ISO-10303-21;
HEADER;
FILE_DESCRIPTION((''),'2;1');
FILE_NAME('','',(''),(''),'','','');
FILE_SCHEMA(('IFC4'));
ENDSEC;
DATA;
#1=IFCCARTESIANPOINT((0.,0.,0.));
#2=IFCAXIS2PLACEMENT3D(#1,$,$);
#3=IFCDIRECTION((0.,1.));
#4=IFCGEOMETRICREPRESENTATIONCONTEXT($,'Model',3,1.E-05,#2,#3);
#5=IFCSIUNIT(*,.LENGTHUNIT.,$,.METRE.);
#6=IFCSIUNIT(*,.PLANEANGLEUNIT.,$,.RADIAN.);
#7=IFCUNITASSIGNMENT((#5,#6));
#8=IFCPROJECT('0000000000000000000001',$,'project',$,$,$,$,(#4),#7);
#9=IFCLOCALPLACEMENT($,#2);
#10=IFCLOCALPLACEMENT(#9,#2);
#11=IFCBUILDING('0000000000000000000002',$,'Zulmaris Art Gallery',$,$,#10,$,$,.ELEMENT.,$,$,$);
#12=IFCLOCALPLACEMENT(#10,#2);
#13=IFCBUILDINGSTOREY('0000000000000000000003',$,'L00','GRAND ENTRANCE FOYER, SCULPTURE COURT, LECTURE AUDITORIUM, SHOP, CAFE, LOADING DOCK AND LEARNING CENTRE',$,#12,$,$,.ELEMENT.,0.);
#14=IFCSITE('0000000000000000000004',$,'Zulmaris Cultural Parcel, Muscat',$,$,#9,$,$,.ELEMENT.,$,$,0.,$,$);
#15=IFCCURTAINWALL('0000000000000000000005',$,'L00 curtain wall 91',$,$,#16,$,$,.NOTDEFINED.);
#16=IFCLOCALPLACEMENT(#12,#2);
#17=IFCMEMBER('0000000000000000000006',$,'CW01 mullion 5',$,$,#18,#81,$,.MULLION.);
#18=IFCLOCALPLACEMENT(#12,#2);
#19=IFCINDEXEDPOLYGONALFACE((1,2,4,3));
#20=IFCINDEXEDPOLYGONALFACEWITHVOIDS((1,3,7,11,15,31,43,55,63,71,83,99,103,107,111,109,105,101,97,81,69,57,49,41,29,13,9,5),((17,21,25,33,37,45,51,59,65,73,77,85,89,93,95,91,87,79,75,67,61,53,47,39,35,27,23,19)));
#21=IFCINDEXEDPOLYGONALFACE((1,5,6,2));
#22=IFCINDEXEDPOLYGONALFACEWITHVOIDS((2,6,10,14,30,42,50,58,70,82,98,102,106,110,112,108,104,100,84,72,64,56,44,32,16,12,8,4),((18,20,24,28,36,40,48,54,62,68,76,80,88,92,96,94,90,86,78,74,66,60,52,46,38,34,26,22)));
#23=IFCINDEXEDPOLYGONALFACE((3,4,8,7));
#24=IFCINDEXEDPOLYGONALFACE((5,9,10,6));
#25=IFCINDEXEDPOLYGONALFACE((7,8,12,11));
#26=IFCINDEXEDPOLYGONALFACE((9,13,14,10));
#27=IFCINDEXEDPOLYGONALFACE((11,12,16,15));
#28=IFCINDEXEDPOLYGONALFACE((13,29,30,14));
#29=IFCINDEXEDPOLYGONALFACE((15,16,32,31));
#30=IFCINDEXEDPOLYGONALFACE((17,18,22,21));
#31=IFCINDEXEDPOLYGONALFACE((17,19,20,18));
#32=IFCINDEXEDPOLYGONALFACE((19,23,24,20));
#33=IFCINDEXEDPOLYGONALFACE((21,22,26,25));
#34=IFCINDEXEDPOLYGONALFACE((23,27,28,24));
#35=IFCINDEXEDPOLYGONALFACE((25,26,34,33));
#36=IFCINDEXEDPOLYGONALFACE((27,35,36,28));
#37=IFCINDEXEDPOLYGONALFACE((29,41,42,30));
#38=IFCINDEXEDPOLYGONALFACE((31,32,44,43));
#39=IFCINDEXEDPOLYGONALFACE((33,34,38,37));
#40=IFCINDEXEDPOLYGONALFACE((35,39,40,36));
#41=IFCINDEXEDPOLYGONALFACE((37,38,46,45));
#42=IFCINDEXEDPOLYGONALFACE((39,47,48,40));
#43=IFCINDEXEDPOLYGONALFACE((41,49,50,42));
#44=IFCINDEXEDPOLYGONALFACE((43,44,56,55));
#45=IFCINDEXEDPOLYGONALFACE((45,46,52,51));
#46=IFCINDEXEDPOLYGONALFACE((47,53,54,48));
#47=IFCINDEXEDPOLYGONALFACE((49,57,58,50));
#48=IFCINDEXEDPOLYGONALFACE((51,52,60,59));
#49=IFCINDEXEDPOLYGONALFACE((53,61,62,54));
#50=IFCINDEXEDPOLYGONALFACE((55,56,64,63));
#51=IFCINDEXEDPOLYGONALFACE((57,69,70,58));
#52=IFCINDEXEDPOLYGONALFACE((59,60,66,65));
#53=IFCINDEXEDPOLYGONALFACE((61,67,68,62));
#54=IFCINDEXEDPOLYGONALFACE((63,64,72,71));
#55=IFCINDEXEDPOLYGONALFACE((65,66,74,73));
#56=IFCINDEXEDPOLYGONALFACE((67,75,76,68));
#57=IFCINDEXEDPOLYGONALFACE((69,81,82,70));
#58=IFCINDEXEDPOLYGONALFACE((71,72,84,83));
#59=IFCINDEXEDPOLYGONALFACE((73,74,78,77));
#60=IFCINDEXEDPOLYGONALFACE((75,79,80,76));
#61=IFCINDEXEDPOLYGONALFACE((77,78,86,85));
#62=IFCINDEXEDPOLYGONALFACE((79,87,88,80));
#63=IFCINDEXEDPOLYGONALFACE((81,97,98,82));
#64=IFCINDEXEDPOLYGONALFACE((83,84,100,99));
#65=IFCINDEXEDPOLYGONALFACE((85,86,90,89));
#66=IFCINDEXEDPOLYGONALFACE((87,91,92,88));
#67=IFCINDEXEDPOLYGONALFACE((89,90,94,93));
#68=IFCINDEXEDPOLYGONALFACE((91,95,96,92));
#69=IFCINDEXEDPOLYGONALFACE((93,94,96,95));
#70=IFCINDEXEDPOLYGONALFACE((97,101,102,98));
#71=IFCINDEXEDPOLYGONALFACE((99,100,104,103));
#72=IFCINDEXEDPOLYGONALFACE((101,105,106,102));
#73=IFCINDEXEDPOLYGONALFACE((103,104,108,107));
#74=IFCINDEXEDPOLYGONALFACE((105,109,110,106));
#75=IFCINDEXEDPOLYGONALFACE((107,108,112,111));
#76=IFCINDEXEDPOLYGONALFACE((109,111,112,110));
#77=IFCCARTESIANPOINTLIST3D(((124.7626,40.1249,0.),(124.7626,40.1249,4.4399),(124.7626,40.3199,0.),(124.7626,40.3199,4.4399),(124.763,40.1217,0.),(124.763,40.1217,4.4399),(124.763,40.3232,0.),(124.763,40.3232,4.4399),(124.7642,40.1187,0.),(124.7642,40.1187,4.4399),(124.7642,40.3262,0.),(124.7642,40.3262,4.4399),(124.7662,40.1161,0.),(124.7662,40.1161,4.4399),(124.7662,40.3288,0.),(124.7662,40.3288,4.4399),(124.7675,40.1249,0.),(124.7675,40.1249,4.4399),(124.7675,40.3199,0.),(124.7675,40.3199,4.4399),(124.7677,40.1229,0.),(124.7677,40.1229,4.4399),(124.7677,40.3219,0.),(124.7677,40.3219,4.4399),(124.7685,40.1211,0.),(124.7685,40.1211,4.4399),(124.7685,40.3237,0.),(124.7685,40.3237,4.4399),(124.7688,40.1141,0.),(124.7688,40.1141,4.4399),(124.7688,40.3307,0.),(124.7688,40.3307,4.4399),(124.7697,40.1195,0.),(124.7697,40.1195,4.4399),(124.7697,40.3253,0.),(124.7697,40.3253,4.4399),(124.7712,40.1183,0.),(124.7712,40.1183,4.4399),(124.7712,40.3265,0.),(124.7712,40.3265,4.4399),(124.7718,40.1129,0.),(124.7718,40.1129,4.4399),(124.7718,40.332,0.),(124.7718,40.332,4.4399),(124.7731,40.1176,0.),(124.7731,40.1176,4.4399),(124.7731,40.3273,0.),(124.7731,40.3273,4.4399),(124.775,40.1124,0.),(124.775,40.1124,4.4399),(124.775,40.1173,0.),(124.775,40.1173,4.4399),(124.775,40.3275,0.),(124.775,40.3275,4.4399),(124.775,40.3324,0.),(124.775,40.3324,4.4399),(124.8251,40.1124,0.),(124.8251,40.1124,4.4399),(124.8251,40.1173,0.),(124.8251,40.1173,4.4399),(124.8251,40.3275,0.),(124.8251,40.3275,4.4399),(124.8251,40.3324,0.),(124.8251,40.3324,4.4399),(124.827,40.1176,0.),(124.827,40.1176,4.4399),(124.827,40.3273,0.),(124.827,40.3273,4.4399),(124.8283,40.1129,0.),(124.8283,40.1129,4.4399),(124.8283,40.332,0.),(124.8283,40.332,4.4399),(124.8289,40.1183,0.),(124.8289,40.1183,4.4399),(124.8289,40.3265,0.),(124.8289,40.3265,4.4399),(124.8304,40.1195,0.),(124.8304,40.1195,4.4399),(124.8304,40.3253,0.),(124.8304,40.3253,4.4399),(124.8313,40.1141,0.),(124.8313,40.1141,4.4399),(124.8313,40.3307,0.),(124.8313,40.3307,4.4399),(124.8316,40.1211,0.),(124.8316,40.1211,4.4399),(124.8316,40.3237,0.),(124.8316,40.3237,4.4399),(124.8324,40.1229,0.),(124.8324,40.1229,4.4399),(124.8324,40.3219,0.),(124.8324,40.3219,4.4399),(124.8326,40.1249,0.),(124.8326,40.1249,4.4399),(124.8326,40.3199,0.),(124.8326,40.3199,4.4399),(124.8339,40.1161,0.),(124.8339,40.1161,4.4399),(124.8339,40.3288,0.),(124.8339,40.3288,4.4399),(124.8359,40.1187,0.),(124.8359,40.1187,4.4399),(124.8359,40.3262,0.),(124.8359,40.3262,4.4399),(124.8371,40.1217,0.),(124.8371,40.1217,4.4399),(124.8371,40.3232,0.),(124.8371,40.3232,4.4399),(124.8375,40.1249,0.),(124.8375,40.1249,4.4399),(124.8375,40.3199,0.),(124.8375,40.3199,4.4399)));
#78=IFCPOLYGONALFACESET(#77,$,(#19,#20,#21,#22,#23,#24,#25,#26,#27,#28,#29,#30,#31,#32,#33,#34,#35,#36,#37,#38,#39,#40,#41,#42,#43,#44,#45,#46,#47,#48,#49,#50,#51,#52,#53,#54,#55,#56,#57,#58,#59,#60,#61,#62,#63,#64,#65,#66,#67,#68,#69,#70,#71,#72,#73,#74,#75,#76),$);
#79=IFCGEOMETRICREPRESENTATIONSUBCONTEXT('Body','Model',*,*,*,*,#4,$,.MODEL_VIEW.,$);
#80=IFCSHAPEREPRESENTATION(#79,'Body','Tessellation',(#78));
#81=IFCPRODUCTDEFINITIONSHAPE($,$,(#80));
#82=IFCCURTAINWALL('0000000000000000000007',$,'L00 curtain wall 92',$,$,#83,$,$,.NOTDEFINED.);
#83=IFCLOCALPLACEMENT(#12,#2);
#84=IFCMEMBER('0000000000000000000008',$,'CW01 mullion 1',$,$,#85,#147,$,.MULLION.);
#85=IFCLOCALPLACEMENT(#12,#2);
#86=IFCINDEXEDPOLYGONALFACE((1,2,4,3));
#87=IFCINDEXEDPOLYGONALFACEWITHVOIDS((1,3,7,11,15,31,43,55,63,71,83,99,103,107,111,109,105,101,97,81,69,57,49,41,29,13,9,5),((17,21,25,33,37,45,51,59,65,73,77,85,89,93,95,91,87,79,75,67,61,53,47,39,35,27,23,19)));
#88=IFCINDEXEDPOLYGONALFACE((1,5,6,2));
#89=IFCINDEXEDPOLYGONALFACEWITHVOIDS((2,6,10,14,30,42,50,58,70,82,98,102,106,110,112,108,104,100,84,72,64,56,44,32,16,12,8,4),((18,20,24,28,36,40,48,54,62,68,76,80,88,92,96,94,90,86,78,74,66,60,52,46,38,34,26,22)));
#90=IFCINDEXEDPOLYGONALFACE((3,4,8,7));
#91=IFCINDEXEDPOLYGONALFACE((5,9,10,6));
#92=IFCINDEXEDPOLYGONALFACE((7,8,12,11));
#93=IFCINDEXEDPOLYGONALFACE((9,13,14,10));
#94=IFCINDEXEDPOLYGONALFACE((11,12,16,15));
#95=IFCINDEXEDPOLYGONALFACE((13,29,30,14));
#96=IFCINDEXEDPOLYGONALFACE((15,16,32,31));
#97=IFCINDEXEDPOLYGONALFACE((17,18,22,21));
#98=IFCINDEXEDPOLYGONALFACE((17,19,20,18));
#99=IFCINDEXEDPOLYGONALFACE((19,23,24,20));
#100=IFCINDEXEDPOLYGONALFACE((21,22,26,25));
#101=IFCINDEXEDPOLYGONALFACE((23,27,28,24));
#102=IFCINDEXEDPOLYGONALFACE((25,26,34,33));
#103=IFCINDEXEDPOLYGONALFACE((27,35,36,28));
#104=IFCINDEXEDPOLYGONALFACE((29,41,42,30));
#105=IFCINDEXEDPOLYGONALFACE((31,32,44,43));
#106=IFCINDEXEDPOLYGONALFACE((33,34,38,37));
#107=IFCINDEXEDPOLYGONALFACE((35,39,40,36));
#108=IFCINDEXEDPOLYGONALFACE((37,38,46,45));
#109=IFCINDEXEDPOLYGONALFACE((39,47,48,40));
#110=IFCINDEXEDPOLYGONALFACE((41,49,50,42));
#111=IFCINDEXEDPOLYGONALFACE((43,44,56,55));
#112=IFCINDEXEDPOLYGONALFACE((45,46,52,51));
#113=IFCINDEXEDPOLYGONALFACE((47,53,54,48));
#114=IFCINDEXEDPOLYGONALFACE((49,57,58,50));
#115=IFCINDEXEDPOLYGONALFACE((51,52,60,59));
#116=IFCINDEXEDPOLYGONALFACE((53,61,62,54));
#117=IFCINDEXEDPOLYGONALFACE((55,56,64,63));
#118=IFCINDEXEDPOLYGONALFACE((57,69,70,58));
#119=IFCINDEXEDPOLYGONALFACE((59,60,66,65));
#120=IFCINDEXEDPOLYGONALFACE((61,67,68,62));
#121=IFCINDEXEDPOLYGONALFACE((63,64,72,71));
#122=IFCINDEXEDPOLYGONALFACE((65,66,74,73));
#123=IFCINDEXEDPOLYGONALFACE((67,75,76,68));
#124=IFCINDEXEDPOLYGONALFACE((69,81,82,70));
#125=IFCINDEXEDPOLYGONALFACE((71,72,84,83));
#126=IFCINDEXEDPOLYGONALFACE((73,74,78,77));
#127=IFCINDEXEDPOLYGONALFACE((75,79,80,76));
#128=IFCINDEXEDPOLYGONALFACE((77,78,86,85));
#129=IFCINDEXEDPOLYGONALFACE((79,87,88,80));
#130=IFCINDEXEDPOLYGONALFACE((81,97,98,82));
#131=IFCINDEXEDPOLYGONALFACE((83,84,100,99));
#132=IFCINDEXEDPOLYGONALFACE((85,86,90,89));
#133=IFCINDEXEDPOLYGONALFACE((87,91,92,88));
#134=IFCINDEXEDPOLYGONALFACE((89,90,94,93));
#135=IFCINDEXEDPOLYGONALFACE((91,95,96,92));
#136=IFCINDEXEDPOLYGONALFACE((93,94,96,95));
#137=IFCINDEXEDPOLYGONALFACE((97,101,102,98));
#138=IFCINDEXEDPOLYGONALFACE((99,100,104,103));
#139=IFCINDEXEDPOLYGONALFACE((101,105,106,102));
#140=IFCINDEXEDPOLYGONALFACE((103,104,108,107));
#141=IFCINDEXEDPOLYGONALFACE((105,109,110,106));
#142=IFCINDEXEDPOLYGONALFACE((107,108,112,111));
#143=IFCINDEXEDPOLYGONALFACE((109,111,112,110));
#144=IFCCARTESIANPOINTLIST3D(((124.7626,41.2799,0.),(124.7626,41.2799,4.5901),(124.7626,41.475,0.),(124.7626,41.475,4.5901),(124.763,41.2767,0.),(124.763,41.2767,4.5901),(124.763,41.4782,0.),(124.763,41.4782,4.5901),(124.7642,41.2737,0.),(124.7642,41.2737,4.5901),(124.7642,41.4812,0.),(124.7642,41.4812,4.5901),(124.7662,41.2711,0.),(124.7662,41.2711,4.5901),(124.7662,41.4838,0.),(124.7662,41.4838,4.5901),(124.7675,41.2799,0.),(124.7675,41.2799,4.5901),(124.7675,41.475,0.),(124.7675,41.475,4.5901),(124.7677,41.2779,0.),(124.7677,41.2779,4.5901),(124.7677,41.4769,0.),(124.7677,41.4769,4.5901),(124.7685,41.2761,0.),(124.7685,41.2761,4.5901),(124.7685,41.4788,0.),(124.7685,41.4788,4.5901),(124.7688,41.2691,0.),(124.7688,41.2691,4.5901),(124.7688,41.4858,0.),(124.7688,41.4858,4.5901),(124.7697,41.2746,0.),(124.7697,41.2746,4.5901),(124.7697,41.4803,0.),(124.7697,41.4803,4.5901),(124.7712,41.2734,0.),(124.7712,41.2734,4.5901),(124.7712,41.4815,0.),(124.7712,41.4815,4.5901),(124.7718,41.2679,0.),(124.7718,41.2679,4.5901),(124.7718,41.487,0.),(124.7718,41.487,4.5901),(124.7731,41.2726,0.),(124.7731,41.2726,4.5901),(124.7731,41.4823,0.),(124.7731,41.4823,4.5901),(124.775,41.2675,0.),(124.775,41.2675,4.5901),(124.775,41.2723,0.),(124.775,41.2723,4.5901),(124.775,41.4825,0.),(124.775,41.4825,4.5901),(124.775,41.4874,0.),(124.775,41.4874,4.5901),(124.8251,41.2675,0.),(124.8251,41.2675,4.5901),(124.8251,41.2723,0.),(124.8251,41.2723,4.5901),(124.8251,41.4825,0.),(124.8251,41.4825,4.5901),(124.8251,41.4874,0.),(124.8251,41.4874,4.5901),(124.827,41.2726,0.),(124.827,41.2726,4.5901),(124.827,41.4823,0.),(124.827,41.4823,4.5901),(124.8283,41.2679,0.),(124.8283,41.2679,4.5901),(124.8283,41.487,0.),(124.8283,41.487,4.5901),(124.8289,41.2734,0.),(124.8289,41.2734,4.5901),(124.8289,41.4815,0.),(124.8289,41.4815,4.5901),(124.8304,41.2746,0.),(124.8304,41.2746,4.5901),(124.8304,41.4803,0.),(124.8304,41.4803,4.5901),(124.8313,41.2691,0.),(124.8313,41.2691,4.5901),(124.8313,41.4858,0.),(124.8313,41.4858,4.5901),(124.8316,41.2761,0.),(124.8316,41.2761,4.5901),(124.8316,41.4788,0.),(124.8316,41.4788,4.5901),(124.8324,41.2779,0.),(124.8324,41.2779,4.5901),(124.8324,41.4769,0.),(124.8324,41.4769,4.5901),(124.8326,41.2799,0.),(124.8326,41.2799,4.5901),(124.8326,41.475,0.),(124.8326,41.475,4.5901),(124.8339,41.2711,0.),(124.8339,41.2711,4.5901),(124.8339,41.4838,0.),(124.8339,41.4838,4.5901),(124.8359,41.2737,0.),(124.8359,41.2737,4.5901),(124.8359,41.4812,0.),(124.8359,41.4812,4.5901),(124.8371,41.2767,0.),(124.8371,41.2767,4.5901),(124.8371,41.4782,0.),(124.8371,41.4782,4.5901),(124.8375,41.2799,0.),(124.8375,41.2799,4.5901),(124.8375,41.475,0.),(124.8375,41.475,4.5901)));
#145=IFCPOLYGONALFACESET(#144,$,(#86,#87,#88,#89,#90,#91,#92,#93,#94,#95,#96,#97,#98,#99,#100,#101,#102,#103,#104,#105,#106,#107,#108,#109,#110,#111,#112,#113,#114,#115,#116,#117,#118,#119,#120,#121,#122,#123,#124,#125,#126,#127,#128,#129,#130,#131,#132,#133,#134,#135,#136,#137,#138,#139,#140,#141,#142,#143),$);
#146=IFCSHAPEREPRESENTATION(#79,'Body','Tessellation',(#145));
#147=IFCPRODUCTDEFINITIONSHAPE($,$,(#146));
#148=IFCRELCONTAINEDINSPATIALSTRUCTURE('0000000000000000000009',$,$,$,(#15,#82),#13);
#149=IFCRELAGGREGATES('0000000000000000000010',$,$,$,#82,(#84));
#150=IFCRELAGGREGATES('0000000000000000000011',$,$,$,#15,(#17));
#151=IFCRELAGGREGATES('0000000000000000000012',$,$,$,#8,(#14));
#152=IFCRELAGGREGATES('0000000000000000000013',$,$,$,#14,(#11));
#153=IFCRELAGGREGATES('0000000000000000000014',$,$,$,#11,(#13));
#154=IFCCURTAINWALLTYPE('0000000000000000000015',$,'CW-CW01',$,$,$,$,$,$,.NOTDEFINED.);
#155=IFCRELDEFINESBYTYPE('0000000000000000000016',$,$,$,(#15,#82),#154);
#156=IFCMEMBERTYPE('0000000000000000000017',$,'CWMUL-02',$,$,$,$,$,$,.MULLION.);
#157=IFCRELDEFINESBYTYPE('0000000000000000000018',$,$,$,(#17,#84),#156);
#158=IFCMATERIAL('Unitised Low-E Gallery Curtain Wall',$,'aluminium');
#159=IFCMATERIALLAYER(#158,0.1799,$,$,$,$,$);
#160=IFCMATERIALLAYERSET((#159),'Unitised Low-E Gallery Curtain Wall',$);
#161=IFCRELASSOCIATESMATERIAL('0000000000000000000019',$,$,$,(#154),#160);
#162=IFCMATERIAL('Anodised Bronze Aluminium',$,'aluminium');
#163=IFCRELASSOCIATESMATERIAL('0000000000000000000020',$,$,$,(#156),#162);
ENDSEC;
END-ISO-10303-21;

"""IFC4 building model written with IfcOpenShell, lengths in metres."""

from ifc_helpers import new_model, si_unit, direction, frame, origin, origin_2d, place, context, subcontext, project, spatial, hollow_rectangle, extrude, material, layer, layer_set, material_profile, profile_set, type_object, element, aggregate, save


model = new_model("IFC4")

# Units and contexts
model_context = context("Model", 3, precision=1e-05, world=origin(), true_north=direction((0.0, 1.0)))
body_context = subcontext(model_context, "Body", "Model", "MODEL_VIEW")
ifc_project = project(units=[si_unit("LENGTHUNIT", "METRE"), si_unit("PLANEANGLEUNIT", "RADIAN")], contexts=[model_context])

# Site, building, storey
site_placement = place(None, origin())
site = spatial("IfcSite", under=ifc_project, at=site_placement, Name="Zulmaris Cultural Parcel, Muscat", CompositionType="ELEMENT", RefElevation=0.0)
building_placement = place(site_placement, origin())
building = spatial("IfcBuilding", under=site, at=building_placement, Name="Zulmaris Art Gallery", CompositionType="ELEMENT")
storey_placement = place(building_placement, origin())
storey = spatial("IfcBuildingStorey", under=building, at=storey_placement, Name="L00", Description="GRAND ENTRANCE FOYER, SCULPTURE COURT, LECTURE AUDITORIUM, SHOP, CAFE, LOADING DOCK AND LEARNING CENTRE", CompositionType="ELEMENT", Elevation=0.0)

# Curtain walls, members
ifc_material_1 = material(Name="Unitised Low-E Gallery Curtain Wall", Category="aluminium")
ifc_layer_1 = layer(ifc_material_1, 0.1799)
ifc_layer_set_1 = layer_set([ifc_layer_1], Name="Unitised Low-E Gallery Curtain Wall")
curtain_wall_type = type_object("IfcCurtainWallType", Name="CW-CW01", PredefinedType="NOTDEFINED", material=ifc_layer_set_1)
curtain_wall_1_placement = place(storey_placement, origin())
curtain_wall_1 = element("IfcCurtainWall", 1, at=curtain_wall_1_placement, inside=storey, type_object=curtain_wall_type, Name="L00 curtain wall 91", PredefinedType="NOTDEFINED")
ifc_material_2 = material(Name="Anodised Bronze Aluminium", Category="aluminium")
ifc_material_profile_1 = material_profile(ifc_material_2, hollow_rectangle(XDim=0.075, YDim=0.22, WallThickness=0.0049, InnerFilletRadius=0.0076, OuterFilletRadius=0.0125, at=origin_2d()), Name="ALU 75x220x5")
ifc_profile_set_1 = profile_set([ifc_material_profile_1], Name="Anodised Bronze Aluminium")
member_type_1 = type_object("IfcMemberType", Name="CWMUL-02", PredefinedType="MULLION", material=ifc_profile_set_1)
member_1_placement = place(storey_placement, frame((124.8, 40.2224, 0.0), z_axis=(0.0, 0.0, 1.0), x_axis=(-1.0, 0.0, 0.0)))
member_1 = element("IfcMember", 2, at=member_1_placement, type_object=member_type_1, Name="CW01 mullion 5", PredefinedType="MULLION", context=body_context, shape_type="SweptSolid", body=[
    extrude(hollow_rectangle(XDim=0.075, YDim=0.22, WallThickness=0.0049, InnerFilletRadius=0.0076, OuterFilletRadius=0.0125, at=origin_2d()), origin(), (0.0, 0.0, 1.0), 4.4399),
])
curtain_wall_2_placement = place(storey_placement, origin())
curtain_wall_2 = element("IfcCurtainWall", 3, at=curtain_wall_2_placement, inside=storey, type_object=curtain_wall_type, Name="L00 curtain wall 92", PredefinedType="NOTDEFINED")
member_2_placement = place(storey_placement, frame((124.8, 41.3774, 0.0), z_axis=(0.0, 0.0, 1.0), x_axis=(-1.0, 0.0, 0.0)))
member_2 = element("IfcMember", 4, at=member_2_placement, type_object=member_type_1, Name="CW01 mullion 1", PredefinedType="MULLION", context=body_context, shape_type="SweptSolid", body=[
    extrude(hollow_rectangle(XDim=0.075, YDim=0.22, WallThickness=0.0049, InnerFilletRadius=0.0076, OuterFilletRadius=0.0125, at=origin_2d()), origin(), (0.0, 0.0, 1.0), 4.5901),
])
aggregate(curtain_wall_2, [member_2])

aggregate(curtain_wall_1, [member_1])

save(model, "model.ifc")
